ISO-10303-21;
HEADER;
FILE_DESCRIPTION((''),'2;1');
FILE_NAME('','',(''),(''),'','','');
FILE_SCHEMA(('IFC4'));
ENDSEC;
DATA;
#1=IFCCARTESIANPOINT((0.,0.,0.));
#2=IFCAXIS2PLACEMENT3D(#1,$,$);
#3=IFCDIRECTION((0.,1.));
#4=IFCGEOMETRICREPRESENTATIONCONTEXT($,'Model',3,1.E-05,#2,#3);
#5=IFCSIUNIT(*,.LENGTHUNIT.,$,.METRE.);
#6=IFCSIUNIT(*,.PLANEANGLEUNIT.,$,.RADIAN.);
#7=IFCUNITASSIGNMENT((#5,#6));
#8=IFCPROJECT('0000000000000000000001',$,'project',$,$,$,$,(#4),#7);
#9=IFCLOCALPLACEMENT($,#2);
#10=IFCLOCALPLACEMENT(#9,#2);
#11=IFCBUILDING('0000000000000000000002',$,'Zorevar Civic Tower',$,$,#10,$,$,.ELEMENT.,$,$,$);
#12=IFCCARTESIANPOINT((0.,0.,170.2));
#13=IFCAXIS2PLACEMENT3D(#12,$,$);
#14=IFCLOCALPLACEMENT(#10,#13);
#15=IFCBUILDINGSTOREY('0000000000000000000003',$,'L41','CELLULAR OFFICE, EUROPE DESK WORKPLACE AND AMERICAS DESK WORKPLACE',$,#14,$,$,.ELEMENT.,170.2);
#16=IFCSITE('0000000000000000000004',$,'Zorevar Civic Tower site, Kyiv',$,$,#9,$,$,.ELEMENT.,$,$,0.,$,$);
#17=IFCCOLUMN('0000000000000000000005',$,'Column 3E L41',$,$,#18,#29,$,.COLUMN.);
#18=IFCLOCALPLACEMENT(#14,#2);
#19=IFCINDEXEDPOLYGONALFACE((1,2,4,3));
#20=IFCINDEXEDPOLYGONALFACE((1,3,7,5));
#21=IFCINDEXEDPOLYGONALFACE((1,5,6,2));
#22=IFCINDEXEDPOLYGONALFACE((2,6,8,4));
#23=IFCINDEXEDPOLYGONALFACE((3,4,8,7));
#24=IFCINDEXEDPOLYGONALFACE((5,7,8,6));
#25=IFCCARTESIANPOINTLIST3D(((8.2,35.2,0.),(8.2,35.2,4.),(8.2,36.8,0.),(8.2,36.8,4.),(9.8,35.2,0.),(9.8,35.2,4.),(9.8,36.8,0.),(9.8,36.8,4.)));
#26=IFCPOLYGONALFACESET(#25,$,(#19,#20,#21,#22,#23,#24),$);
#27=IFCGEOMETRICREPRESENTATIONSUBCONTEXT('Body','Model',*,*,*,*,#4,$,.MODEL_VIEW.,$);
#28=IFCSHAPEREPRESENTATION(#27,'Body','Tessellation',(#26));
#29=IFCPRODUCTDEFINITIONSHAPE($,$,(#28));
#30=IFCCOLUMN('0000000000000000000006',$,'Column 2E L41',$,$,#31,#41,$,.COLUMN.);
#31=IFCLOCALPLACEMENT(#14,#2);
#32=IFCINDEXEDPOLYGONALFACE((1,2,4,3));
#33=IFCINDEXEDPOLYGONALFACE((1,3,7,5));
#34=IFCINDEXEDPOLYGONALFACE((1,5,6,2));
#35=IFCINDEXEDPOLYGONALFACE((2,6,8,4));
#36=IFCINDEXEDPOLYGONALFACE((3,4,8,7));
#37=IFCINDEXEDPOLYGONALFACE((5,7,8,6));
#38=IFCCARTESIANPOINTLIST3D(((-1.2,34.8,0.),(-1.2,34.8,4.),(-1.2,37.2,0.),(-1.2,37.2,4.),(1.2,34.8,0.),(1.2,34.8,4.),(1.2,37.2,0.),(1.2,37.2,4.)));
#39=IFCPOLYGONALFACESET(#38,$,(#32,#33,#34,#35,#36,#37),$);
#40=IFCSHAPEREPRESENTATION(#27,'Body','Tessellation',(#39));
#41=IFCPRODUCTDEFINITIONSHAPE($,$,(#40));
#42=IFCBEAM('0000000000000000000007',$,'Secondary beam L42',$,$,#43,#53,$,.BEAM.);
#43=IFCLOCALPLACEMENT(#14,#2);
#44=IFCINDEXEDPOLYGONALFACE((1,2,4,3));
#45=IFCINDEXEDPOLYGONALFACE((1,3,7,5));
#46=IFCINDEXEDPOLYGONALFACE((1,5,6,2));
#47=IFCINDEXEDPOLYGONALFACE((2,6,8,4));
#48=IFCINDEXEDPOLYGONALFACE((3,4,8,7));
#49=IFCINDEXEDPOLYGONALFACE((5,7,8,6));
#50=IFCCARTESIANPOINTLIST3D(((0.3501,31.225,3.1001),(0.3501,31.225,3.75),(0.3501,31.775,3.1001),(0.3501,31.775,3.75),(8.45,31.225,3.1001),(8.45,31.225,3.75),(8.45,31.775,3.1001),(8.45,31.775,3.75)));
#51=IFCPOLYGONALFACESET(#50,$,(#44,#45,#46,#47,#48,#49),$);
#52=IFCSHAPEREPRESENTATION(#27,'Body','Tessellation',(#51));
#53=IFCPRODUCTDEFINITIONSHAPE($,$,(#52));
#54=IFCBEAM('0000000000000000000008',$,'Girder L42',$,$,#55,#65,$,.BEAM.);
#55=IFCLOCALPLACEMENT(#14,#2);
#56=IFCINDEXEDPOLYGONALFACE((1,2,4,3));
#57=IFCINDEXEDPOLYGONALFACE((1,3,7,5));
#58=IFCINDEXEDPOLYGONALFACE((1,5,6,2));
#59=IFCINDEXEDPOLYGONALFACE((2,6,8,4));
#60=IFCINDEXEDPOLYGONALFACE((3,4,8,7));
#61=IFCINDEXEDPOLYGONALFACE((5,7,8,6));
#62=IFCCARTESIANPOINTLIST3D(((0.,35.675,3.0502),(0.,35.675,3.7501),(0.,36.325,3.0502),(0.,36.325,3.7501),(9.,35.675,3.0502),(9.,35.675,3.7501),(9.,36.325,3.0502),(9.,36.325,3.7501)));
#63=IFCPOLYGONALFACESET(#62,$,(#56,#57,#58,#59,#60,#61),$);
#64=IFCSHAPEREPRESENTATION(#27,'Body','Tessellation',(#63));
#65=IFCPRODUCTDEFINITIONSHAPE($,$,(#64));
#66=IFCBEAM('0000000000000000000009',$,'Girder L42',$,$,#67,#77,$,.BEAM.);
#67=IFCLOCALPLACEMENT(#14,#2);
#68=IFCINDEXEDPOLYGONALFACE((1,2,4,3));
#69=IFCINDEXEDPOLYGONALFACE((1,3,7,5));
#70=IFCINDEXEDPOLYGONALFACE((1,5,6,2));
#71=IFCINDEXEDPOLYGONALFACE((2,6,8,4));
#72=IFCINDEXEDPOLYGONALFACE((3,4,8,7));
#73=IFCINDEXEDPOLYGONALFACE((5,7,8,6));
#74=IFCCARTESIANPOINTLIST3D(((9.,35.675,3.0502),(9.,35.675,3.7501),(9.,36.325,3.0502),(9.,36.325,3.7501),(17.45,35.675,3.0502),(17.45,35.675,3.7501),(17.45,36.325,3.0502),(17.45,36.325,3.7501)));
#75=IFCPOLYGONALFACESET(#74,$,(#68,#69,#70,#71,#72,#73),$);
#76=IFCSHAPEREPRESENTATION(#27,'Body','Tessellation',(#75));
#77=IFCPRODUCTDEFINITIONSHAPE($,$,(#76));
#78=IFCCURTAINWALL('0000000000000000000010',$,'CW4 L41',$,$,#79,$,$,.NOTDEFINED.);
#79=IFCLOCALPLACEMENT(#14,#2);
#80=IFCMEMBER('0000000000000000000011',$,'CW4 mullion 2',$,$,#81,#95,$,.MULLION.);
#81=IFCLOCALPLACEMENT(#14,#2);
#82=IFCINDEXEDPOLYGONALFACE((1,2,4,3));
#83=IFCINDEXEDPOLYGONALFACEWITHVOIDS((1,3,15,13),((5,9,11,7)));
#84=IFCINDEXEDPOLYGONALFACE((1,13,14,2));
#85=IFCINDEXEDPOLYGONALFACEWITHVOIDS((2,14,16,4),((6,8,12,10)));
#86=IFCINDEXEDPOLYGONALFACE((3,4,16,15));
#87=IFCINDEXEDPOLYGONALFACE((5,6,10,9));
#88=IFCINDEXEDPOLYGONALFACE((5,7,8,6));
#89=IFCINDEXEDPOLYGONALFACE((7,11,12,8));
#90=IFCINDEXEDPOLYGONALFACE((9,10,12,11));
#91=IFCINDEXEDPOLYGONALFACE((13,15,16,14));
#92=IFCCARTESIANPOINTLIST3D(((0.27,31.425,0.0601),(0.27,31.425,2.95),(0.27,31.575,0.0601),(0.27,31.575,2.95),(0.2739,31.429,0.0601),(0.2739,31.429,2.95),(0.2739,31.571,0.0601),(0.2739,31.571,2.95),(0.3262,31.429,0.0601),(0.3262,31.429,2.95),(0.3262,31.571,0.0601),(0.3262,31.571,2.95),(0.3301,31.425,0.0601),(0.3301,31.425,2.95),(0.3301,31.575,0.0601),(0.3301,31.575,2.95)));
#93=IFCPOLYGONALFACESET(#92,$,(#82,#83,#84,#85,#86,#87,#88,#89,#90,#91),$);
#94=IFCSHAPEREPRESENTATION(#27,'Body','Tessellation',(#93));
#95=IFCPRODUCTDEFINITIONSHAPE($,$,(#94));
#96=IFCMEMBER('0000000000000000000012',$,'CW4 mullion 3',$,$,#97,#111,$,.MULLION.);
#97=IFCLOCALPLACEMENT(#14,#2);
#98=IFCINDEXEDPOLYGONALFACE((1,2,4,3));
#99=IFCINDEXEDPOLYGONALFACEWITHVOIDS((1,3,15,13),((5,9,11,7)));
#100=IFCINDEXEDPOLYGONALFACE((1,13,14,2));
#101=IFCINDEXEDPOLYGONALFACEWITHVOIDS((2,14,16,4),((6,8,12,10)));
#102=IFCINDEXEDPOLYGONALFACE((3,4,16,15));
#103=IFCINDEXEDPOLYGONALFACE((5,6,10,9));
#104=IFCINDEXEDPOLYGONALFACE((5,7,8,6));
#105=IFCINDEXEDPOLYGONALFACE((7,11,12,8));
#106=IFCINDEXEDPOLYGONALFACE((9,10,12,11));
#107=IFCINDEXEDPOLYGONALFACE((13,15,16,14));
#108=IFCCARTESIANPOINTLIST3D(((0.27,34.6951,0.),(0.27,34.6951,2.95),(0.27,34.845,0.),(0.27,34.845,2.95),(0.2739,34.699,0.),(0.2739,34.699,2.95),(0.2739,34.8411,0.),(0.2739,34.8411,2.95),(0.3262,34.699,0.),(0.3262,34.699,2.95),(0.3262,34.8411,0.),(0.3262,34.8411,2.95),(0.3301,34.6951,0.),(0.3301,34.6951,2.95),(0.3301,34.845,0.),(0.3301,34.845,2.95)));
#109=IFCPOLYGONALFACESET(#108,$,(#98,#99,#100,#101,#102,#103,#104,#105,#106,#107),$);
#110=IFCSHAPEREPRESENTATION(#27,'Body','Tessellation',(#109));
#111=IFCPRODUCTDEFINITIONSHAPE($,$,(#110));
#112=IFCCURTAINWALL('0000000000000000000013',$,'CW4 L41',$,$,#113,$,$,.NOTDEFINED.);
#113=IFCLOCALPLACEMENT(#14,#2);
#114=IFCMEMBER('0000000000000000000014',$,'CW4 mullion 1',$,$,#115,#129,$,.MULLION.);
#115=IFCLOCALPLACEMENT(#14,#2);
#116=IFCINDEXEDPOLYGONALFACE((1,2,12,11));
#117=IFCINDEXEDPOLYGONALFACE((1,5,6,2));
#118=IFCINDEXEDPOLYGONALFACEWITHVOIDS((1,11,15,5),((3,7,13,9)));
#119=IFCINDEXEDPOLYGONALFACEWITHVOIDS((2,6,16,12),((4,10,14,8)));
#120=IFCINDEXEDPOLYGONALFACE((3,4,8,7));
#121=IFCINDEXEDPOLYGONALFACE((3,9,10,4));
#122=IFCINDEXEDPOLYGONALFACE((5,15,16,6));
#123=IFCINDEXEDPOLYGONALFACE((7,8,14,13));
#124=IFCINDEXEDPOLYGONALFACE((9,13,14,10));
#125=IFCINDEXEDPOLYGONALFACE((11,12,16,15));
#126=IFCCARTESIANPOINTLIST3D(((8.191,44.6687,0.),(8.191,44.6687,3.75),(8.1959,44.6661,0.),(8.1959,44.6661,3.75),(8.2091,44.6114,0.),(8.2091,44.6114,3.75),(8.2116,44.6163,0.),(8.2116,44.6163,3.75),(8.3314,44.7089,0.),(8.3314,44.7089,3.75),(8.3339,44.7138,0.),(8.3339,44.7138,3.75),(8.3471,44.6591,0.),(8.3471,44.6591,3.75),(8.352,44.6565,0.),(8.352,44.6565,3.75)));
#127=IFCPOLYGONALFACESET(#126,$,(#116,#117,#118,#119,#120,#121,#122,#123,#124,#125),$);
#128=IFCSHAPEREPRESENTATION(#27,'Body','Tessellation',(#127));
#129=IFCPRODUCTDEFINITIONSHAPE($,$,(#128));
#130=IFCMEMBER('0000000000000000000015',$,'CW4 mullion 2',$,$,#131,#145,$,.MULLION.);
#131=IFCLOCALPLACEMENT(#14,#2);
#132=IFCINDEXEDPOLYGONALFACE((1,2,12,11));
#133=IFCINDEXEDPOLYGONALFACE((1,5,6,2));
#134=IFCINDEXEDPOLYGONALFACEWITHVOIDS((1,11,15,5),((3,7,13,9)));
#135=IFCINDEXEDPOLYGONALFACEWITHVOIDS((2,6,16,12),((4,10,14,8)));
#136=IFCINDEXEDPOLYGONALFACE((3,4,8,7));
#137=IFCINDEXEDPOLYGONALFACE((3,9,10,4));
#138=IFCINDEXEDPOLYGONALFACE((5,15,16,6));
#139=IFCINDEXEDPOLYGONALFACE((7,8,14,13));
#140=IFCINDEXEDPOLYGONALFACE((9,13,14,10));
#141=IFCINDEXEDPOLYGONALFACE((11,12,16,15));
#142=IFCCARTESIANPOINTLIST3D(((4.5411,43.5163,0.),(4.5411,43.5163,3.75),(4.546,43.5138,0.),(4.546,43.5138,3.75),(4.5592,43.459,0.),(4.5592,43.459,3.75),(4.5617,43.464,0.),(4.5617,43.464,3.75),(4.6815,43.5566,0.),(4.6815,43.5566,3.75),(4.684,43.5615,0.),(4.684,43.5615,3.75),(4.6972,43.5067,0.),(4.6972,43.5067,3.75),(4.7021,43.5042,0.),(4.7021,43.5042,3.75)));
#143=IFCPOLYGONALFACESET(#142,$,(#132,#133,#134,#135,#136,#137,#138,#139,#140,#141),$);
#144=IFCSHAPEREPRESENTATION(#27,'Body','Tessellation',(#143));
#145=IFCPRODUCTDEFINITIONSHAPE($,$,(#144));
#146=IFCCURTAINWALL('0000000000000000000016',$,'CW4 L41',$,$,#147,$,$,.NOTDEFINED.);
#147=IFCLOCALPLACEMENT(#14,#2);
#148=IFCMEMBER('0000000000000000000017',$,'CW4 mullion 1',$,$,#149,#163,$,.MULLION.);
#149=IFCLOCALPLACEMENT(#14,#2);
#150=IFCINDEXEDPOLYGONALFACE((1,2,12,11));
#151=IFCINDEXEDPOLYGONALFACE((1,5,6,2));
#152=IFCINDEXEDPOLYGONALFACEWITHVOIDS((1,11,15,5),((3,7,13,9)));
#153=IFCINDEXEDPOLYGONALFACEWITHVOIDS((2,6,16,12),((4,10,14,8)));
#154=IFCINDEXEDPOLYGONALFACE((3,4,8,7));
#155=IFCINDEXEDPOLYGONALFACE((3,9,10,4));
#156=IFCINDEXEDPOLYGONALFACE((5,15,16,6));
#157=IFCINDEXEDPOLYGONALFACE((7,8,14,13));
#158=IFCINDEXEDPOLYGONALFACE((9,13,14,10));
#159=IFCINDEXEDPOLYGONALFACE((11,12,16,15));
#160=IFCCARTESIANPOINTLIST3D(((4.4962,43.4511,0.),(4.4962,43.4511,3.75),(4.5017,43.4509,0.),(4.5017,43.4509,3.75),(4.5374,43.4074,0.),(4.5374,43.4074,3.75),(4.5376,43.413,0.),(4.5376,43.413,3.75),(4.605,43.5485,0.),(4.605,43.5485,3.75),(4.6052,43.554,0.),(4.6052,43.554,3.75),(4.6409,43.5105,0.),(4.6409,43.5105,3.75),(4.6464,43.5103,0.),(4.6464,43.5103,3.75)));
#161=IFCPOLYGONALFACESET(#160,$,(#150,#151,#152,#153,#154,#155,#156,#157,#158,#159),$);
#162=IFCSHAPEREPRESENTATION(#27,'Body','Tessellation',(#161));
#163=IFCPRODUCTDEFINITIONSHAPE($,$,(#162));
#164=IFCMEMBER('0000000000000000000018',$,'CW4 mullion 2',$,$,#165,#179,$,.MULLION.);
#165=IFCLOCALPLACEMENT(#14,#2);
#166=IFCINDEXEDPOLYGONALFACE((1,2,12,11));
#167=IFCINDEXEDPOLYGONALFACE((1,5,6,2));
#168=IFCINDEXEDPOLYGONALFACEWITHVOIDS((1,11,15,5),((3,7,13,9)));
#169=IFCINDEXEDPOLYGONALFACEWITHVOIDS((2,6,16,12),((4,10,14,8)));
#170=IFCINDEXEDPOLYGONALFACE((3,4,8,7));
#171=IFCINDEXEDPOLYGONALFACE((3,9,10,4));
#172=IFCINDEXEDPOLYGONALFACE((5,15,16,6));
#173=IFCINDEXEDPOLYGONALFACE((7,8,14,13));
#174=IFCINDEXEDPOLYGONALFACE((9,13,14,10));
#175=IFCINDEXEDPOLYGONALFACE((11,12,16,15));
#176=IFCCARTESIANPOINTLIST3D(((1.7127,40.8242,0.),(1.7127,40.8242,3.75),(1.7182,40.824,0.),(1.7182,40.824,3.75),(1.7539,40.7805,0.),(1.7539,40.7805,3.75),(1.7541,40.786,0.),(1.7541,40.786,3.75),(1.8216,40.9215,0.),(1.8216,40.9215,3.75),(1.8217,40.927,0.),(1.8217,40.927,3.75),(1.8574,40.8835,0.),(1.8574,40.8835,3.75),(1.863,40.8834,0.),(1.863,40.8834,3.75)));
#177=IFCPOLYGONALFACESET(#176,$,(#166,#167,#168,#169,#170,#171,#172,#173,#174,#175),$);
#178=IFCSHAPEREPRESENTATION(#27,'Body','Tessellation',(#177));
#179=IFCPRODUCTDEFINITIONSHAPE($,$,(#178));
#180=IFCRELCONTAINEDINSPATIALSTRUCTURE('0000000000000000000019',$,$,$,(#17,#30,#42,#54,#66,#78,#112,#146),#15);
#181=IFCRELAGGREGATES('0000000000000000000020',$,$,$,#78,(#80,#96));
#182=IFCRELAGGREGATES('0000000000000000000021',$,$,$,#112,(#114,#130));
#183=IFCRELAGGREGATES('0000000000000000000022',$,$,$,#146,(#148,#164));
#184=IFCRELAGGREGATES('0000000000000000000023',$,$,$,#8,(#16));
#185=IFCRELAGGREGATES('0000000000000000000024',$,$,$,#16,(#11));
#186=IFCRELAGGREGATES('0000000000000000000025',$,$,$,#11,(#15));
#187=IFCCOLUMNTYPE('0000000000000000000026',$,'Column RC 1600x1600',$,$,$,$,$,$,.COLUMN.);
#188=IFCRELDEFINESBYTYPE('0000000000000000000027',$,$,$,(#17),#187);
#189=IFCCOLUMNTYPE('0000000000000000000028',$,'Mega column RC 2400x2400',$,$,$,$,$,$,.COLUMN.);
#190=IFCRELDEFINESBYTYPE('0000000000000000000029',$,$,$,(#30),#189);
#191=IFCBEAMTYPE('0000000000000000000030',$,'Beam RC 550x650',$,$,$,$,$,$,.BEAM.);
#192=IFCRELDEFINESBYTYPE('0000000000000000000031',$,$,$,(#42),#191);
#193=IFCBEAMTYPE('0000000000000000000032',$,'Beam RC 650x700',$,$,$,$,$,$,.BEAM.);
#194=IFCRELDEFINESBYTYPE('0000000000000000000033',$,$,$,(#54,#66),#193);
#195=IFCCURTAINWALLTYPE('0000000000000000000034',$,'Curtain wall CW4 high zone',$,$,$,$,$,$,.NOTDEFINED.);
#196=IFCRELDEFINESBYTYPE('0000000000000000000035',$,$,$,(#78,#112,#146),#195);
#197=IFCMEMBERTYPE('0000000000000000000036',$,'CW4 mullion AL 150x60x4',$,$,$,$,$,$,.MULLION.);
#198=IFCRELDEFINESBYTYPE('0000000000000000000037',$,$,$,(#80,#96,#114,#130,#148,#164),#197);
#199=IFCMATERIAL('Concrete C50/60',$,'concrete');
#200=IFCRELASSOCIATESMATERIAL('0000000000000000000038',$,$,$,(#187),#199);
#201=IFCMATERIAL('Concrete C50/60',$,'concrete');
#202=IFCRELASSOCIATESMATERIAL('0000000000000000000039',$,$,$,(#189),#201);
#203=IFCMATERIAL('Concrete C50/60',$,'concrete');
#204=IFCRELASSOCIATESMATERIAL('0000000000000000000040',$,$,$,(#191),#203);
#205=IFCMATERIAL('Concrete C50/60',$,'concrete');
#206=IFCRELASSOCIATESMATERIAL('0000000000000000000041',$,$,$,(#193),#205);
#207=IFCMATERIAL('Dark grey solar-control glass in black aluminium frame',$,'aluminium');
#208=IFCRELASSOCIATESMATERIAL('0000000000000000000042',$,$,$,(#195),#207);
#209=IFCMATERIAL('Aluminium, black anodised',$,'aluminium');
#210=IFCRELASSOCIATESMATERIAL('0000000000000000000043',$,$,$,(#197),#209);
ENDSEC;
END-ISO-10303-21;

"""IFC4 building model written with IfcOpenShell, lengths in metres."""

from ifc_helpers import new_model, si_unit, direction, frame, origin, origin_2d, place, context, subcontext, project, spatial, rectangle, hollow_rectangle, extrude, material, material_profile, profile_set, type_object, element, aggregate, save


model = new_model("IFC4")

# Units and contexts
model_context = context("Model", 3, precision=1e-05, world=origin(), true_north=direction((0.0, 1.0)))
body_context = subcontext(model_context, "Body", "Model", "MODEL_VIEW")
ifc_project = project(units=[si_unit("LENGTHUNIT", "METRE"), si_unit("PLANEANGLEUNIT", "RADIAN")], contexts=[model_context])

# Site, building, storey
site_placement = place(None, origin())
site = spatial("IfcSite", under=ifc_project, at=site_placement, Name="Zorevar Civic Tower site, Kyiv", CompositionType="ELEMENT", RefElevation=0.0)
building_placement = place(site_placement, origin())
building = spatial("IfcBuilding", under=site, at=building_placement, Name="Zorevar Civic Tower", CompositionType="ELEMENT")
storey_placement = place(building_placement, frame((0.0, 0.0, 170.2)))
storey = spatial("IfcBuildingStorey", under=building, at=storey_placement, Name="L41", Description="CELLULAR OFFICE, EUROPE DESK WORKPLACE AND AMERICAS DESK WORKPLACE", CompositionType="ELEMENT", Elevation=170.2)

# Columns
ifc_material_1 = material(Name="Concrete C50/60", Category="concrete")
ifc_material_profile_1 = material_profile(ifc_material_1, rectangle(XDim=1.6001, YDim=1.6001, at=origin_2d()), Name="RC 1600x1600")
ifc_profile_set_1 = profile_set([ifc_material_profile_1], Name="Concrete C50/60")
column_type_1 = type_object("IfcColumnType", Name="Column RC 1600x1600", PredefinedType="COLUMN", material=ifc_profile_set_1)
column_1_placement = place(storey_placement, frame((9.0, 36.0, 0.0), z_axis=(0.0, 0.0, 1.0), x_axis=(1.0, 0.0, 0.0)))
element("IfcColumn", 1, at=column_1_placement, inside=storey, type_object=column_type_1, Name="Column 3E L41", PredefinedType="COLUMN", context=body_context, shape_type="SweptSolid", body=[
    extrude(rectangle(XDim=1.6001, YDim=1.6001, at=origin_2d()), origin(), (0.0, 0.0, 1.0), 4.0),
])
ifc_material_2 = material(Name="Concrete C50/60", Category="concrete")
ifc_material_profile_2 = material_profile(ifc_material_2, rectangle(XDim=2.3999, YDim=2.3999, at=origin_2d()), Name="RC 2400x2400")
ifc_profile_set_2 = profile_set([ifc_material_profile_2], Name="Concrete C50/60")
column_type_2 = type_object("IfcColumnType", Name="Mega column RC 2400x2400", PredefinedType="COLUMN", material=ifc_profile_set_2)
column_2_placement = place(storey_placement, frame((0.0, 36.0, 0.0), z_axis=(0.0, 0.0, 1.0), x_axis=(1.0, 0.0, 0.0)))
element("IfcColumn", 2, at=column_2_placement, inside=storey, type_object=column_type_2, Name="Column 2E L41", PredefinedType="COLUMN", context=body_context, shape_type="SweptSolid", body=[
    extrude(rectangle(XDim=2.3999, YDim=2.3999, at=origin_2d()), origin(), (0.0, 0.0, 1.0), 4.0),
])

# Beams
ifc_material_3 = material(Name="Concrete C50/60", Category="concrete")
ifc_material_profile_3 = material_profile(ifc_material_3, rectangle(XDim=0.55, YDim=0.6499, at=origin_2d()), Name="RC 550x650")
ifc_profile_set_3 = profile_set([ifc_material_profile_3], Name="Concrete C50/60")
beam_type_1 = type_object("IfcBeamType", Name="Beam RC 550x650", PredefinedType="BEAM", material=ifc_profile_set_3)
beam_1_placement = place(storey_placement, frame((0.3501, 31.5, 3.425), z_axis=(1.0, 0.0, 0.0), x_axis=(0.0, 1.0, 0.0)))
element("IfcBeam", 3, at=beam_1_placement, inside=storey, type_object=beam_type_1, Name="Secondary beam L42", PredefinedType="BEAM", context=body_context, shape_type="SweptSolid", body=[
    extrude(rectangle(XDim=0.55, YDim=0.6499, at=origin_2d()), origin(), (0.0, 0.0, 1.0), 8.0999),
])
ifc_material_4 = material(Name="Concrete C50/60", Category="concrete")
ifc_material_profile_4 = material_profile(ifc_material_4, rectangle(XDim=0.6499, YDim=0.7, at=origin_2d()), Name="RC 650x700")
ifc_profile_set_4 = profile_set([ifc_material_profile_4], Name="Concrete C50/60")
beam_type_2 = type_object("IfcBeamType", Name="Beam RC 650x700", PredefinedType="BEAM", material=ifc_profile_set_4)
beam_2_placement = place(storey_placement, frame((0.0, 36.0, 3.4001), z_axis=(1.0, 0.0, 0.0), x_axis=(0.0, 1.0, 0.0)))
element("IfcBeam", 4, at=beam_2_placement, inside=storey, type_object=beam_type_2, Name="Girder L42", PredefinedType="BEAM", context=body_context, shape_type="SweptSolid", body=[
    extrude(rectangle(XDim=0.6499, YDim=0.7, at=origin_2d()), origin(), (0.0, 0.0, 1.0), 9.0),
])
beam_3_placement = place(storey_placement, frame((9.0, 36.0, 3.4001), z_axis=(1.0, 0.0, 0.0), x_axis=(0.0, 1.0, 0.0)))
element("IfcBeam", 5, at=beam_3_placement, inside=storey, type_object=beam_type_2, Name="Girder L42", PredefinedType="BEAM", context=body_context, shape_type="SweptSolid", body=[
    extrude(rectangle(XDim=0.6499, YDim=0.7, at=origin_2d()), origin(), (0.0, 0.0, 1.0), 8.45),
])

# Curtain walls, members
ifc_material_5 = material(Name="Dark grey solar-control glass in black aluminium frame", Category="aluminium")
curtain_wall_type = type_object("IfcCurtainWallType", Name="Curtain wall CW4 high zone", PredefinedType="NOTDEFINED", material=ifc_material_5)
curtain_wall_1_placement = place(storey_placement, origin())
curtain_wall_1 = element("IfcCurtainWall", 6, at=curtain_wall_1_placement, inside=storey, type_object=curtain_wall_type, Name="CW4 L41", PredefinedType="NOTDEFINED")
ifc_material_6 = material(Name="Aluminium, black anodised", Category="aluminium")
ifc_material_profile_5 = material_profile(ifc_material_6, hollow_rectangle(XDim=0.0601, YDim=0.1499, WallThickness=0.0039, at=origin_2d()), Name="AL 150x60x4")
ifc_profile_set_5 = profile_set([ifc_material_profile_5], Name="Aluminium, black anodised")
member_type_1 = type_object("IfcMemberType", Name="CW4 mullion AL 150x60x4", PredefinedType="MULLION", material=ifc_profile_set_5)
member_1_placement = place(storey_placement, frame((0.3, 31.5, 0.0601), z_axis=(0.0, 0.0, 1.0), x_axis=(-1.0, 0.0, 0.0)))
member_1 = element("IfcMember", 7, at=member_1_placement, type_object=member_type_1, Name="CW4 mullion 2", PredefinedType="MULLION", context=body_context, shape_type="SweptSolid", body=[
    extrude(hollow_rectangle(XDim=0.0601, YDim=0.1499, WallThickness=0.0039, at=origin_2d()), origin(), (0.0, 0.0, 1.0), 2.8899),
])
member_2_placement = place(storey_placement, frame((0.3, 34.77, 0.0), z_axis=(0.0, 0.0, 1.0), x_axis=(-1.0, 0.0, 0.0)))
member_2 = element("IfcMember", 8, at=member_2_placement, type_object=member_type_1, Name="CW4 mullion 3", PredefinedType="MULLION", context=body_context, shape_type="SweptSolid", body=[
    extrude(hollow_rectangle(XDim=0.0601, YDim=0.1499, WallThickness=0.0039, at=origin_2d()), origin(), (0.0, 0.0, 1.0), 2.95),
])
curtain_wall_2_placement = place(storey_placement, origin())
curtain_wall_2 = element("IfcCurtainWall", 9, at=curtain_wall_2_placement, inside=storey, type_object=curtain_wall_type, Name="CW4 L41", PredefinedType="NOTDEFINED")
member_3_placement = place(storey_placement, frame((8.2715, 44.6626, 0.0), z_axis=(0.0, 0.0, 1.0), x_axis=(0.301108, -0.95359, 0.0)))
member_3 = element("IfcMember", 10, at=member_3_placement, type_object=member_type_1, Name="CW4 mullion 1", PredefinedType="MULLION", context=body_context, shape_type="SweptSolid", body=[
    extrude(hollow_rectangle(XDim=0.0601, YDim=0.1499, WallThickness=0.0039, at=origin_2d()), origin(), (0.0, 0.0, 1.0), 3.75),
])
member_4_placement = place(storey_placement, frame((4.6216, 43.5103, 0.0), z_axis=(0.0, 0.0, 1.0), x_axis=(0.301108, -0.95359, 0.0)))
member_4 = element("IfcMember", 11, at=member_4_placement, type_object=member_type_1, Name="CW4 mullion 2", PredefinedType="MULLION", context=body_context, shape_type="SweptSolid", body=[
    extrude(hollow_rectangle(XDim=0.0601, YDim=0.1499, WallThickness=0.0039, at=origin_2d()), origin(), (0.0, 0.0, 1.0), 3.75),
])
curtain_wall_3_placement = place(storey_placement, origin())
curtain_wall_3 = element("IfcCurtainWall", 12, at=curtain_wall_3_placement, inside=storey, type_object=curtain_wall_type, Name="CW4 L41", PredefinedType="NOTDEFINED")
member_5_placement = place(storey_placement, frame((4.5713, 43.4807, 0.0), z_axis=(0.0, 0.0, 1.0), x_axis=(0.686378, -0.727245, 0.0)))
member_5 = element("IfcMember", 13, at=member_5_placement, type_object=member_type_1, Name="CW4 mullion 1", PredefinedType="MULLION", context=body_context, shape_type="SweptSolid", body=[
    extrude(hollow_rectangle(XDim=0.0601, YDim=0.1499, WallThickness=0.0039, at=origin_2d()), origin(), (0.0, 0.0, 1.0), 3.75),
])
member_6_placement = place(storey_placement, frame((1.7878, 40.8538, 0.0), z_axis=(0.0, 0.0, 1.0), x_axis=(0.686378, -0.727245, 0.0)))
member_6 = element("IfcMember", 14, at=member_6_placement, type_object=member_type_1, Name="CW4 mullion 2", PredefinedType="MULLION", context=body_context, shape_type="SweptSolid", body=[
    extrude(hollow_rectangle(XDim=0.0601, YDim=0.1499, WallThickness=0.0039, at=origin_2d()), origin(), (0.0, 0.0, 1.0), 3.75),
])

aggregate(curtain_wall_1, [member_1, member_2])
aggregate(curtain_wall_2, [member_3, member_4])
aggregate(curtain_wall_3, [member_5, member_6])

save(model, "model.ifc")
